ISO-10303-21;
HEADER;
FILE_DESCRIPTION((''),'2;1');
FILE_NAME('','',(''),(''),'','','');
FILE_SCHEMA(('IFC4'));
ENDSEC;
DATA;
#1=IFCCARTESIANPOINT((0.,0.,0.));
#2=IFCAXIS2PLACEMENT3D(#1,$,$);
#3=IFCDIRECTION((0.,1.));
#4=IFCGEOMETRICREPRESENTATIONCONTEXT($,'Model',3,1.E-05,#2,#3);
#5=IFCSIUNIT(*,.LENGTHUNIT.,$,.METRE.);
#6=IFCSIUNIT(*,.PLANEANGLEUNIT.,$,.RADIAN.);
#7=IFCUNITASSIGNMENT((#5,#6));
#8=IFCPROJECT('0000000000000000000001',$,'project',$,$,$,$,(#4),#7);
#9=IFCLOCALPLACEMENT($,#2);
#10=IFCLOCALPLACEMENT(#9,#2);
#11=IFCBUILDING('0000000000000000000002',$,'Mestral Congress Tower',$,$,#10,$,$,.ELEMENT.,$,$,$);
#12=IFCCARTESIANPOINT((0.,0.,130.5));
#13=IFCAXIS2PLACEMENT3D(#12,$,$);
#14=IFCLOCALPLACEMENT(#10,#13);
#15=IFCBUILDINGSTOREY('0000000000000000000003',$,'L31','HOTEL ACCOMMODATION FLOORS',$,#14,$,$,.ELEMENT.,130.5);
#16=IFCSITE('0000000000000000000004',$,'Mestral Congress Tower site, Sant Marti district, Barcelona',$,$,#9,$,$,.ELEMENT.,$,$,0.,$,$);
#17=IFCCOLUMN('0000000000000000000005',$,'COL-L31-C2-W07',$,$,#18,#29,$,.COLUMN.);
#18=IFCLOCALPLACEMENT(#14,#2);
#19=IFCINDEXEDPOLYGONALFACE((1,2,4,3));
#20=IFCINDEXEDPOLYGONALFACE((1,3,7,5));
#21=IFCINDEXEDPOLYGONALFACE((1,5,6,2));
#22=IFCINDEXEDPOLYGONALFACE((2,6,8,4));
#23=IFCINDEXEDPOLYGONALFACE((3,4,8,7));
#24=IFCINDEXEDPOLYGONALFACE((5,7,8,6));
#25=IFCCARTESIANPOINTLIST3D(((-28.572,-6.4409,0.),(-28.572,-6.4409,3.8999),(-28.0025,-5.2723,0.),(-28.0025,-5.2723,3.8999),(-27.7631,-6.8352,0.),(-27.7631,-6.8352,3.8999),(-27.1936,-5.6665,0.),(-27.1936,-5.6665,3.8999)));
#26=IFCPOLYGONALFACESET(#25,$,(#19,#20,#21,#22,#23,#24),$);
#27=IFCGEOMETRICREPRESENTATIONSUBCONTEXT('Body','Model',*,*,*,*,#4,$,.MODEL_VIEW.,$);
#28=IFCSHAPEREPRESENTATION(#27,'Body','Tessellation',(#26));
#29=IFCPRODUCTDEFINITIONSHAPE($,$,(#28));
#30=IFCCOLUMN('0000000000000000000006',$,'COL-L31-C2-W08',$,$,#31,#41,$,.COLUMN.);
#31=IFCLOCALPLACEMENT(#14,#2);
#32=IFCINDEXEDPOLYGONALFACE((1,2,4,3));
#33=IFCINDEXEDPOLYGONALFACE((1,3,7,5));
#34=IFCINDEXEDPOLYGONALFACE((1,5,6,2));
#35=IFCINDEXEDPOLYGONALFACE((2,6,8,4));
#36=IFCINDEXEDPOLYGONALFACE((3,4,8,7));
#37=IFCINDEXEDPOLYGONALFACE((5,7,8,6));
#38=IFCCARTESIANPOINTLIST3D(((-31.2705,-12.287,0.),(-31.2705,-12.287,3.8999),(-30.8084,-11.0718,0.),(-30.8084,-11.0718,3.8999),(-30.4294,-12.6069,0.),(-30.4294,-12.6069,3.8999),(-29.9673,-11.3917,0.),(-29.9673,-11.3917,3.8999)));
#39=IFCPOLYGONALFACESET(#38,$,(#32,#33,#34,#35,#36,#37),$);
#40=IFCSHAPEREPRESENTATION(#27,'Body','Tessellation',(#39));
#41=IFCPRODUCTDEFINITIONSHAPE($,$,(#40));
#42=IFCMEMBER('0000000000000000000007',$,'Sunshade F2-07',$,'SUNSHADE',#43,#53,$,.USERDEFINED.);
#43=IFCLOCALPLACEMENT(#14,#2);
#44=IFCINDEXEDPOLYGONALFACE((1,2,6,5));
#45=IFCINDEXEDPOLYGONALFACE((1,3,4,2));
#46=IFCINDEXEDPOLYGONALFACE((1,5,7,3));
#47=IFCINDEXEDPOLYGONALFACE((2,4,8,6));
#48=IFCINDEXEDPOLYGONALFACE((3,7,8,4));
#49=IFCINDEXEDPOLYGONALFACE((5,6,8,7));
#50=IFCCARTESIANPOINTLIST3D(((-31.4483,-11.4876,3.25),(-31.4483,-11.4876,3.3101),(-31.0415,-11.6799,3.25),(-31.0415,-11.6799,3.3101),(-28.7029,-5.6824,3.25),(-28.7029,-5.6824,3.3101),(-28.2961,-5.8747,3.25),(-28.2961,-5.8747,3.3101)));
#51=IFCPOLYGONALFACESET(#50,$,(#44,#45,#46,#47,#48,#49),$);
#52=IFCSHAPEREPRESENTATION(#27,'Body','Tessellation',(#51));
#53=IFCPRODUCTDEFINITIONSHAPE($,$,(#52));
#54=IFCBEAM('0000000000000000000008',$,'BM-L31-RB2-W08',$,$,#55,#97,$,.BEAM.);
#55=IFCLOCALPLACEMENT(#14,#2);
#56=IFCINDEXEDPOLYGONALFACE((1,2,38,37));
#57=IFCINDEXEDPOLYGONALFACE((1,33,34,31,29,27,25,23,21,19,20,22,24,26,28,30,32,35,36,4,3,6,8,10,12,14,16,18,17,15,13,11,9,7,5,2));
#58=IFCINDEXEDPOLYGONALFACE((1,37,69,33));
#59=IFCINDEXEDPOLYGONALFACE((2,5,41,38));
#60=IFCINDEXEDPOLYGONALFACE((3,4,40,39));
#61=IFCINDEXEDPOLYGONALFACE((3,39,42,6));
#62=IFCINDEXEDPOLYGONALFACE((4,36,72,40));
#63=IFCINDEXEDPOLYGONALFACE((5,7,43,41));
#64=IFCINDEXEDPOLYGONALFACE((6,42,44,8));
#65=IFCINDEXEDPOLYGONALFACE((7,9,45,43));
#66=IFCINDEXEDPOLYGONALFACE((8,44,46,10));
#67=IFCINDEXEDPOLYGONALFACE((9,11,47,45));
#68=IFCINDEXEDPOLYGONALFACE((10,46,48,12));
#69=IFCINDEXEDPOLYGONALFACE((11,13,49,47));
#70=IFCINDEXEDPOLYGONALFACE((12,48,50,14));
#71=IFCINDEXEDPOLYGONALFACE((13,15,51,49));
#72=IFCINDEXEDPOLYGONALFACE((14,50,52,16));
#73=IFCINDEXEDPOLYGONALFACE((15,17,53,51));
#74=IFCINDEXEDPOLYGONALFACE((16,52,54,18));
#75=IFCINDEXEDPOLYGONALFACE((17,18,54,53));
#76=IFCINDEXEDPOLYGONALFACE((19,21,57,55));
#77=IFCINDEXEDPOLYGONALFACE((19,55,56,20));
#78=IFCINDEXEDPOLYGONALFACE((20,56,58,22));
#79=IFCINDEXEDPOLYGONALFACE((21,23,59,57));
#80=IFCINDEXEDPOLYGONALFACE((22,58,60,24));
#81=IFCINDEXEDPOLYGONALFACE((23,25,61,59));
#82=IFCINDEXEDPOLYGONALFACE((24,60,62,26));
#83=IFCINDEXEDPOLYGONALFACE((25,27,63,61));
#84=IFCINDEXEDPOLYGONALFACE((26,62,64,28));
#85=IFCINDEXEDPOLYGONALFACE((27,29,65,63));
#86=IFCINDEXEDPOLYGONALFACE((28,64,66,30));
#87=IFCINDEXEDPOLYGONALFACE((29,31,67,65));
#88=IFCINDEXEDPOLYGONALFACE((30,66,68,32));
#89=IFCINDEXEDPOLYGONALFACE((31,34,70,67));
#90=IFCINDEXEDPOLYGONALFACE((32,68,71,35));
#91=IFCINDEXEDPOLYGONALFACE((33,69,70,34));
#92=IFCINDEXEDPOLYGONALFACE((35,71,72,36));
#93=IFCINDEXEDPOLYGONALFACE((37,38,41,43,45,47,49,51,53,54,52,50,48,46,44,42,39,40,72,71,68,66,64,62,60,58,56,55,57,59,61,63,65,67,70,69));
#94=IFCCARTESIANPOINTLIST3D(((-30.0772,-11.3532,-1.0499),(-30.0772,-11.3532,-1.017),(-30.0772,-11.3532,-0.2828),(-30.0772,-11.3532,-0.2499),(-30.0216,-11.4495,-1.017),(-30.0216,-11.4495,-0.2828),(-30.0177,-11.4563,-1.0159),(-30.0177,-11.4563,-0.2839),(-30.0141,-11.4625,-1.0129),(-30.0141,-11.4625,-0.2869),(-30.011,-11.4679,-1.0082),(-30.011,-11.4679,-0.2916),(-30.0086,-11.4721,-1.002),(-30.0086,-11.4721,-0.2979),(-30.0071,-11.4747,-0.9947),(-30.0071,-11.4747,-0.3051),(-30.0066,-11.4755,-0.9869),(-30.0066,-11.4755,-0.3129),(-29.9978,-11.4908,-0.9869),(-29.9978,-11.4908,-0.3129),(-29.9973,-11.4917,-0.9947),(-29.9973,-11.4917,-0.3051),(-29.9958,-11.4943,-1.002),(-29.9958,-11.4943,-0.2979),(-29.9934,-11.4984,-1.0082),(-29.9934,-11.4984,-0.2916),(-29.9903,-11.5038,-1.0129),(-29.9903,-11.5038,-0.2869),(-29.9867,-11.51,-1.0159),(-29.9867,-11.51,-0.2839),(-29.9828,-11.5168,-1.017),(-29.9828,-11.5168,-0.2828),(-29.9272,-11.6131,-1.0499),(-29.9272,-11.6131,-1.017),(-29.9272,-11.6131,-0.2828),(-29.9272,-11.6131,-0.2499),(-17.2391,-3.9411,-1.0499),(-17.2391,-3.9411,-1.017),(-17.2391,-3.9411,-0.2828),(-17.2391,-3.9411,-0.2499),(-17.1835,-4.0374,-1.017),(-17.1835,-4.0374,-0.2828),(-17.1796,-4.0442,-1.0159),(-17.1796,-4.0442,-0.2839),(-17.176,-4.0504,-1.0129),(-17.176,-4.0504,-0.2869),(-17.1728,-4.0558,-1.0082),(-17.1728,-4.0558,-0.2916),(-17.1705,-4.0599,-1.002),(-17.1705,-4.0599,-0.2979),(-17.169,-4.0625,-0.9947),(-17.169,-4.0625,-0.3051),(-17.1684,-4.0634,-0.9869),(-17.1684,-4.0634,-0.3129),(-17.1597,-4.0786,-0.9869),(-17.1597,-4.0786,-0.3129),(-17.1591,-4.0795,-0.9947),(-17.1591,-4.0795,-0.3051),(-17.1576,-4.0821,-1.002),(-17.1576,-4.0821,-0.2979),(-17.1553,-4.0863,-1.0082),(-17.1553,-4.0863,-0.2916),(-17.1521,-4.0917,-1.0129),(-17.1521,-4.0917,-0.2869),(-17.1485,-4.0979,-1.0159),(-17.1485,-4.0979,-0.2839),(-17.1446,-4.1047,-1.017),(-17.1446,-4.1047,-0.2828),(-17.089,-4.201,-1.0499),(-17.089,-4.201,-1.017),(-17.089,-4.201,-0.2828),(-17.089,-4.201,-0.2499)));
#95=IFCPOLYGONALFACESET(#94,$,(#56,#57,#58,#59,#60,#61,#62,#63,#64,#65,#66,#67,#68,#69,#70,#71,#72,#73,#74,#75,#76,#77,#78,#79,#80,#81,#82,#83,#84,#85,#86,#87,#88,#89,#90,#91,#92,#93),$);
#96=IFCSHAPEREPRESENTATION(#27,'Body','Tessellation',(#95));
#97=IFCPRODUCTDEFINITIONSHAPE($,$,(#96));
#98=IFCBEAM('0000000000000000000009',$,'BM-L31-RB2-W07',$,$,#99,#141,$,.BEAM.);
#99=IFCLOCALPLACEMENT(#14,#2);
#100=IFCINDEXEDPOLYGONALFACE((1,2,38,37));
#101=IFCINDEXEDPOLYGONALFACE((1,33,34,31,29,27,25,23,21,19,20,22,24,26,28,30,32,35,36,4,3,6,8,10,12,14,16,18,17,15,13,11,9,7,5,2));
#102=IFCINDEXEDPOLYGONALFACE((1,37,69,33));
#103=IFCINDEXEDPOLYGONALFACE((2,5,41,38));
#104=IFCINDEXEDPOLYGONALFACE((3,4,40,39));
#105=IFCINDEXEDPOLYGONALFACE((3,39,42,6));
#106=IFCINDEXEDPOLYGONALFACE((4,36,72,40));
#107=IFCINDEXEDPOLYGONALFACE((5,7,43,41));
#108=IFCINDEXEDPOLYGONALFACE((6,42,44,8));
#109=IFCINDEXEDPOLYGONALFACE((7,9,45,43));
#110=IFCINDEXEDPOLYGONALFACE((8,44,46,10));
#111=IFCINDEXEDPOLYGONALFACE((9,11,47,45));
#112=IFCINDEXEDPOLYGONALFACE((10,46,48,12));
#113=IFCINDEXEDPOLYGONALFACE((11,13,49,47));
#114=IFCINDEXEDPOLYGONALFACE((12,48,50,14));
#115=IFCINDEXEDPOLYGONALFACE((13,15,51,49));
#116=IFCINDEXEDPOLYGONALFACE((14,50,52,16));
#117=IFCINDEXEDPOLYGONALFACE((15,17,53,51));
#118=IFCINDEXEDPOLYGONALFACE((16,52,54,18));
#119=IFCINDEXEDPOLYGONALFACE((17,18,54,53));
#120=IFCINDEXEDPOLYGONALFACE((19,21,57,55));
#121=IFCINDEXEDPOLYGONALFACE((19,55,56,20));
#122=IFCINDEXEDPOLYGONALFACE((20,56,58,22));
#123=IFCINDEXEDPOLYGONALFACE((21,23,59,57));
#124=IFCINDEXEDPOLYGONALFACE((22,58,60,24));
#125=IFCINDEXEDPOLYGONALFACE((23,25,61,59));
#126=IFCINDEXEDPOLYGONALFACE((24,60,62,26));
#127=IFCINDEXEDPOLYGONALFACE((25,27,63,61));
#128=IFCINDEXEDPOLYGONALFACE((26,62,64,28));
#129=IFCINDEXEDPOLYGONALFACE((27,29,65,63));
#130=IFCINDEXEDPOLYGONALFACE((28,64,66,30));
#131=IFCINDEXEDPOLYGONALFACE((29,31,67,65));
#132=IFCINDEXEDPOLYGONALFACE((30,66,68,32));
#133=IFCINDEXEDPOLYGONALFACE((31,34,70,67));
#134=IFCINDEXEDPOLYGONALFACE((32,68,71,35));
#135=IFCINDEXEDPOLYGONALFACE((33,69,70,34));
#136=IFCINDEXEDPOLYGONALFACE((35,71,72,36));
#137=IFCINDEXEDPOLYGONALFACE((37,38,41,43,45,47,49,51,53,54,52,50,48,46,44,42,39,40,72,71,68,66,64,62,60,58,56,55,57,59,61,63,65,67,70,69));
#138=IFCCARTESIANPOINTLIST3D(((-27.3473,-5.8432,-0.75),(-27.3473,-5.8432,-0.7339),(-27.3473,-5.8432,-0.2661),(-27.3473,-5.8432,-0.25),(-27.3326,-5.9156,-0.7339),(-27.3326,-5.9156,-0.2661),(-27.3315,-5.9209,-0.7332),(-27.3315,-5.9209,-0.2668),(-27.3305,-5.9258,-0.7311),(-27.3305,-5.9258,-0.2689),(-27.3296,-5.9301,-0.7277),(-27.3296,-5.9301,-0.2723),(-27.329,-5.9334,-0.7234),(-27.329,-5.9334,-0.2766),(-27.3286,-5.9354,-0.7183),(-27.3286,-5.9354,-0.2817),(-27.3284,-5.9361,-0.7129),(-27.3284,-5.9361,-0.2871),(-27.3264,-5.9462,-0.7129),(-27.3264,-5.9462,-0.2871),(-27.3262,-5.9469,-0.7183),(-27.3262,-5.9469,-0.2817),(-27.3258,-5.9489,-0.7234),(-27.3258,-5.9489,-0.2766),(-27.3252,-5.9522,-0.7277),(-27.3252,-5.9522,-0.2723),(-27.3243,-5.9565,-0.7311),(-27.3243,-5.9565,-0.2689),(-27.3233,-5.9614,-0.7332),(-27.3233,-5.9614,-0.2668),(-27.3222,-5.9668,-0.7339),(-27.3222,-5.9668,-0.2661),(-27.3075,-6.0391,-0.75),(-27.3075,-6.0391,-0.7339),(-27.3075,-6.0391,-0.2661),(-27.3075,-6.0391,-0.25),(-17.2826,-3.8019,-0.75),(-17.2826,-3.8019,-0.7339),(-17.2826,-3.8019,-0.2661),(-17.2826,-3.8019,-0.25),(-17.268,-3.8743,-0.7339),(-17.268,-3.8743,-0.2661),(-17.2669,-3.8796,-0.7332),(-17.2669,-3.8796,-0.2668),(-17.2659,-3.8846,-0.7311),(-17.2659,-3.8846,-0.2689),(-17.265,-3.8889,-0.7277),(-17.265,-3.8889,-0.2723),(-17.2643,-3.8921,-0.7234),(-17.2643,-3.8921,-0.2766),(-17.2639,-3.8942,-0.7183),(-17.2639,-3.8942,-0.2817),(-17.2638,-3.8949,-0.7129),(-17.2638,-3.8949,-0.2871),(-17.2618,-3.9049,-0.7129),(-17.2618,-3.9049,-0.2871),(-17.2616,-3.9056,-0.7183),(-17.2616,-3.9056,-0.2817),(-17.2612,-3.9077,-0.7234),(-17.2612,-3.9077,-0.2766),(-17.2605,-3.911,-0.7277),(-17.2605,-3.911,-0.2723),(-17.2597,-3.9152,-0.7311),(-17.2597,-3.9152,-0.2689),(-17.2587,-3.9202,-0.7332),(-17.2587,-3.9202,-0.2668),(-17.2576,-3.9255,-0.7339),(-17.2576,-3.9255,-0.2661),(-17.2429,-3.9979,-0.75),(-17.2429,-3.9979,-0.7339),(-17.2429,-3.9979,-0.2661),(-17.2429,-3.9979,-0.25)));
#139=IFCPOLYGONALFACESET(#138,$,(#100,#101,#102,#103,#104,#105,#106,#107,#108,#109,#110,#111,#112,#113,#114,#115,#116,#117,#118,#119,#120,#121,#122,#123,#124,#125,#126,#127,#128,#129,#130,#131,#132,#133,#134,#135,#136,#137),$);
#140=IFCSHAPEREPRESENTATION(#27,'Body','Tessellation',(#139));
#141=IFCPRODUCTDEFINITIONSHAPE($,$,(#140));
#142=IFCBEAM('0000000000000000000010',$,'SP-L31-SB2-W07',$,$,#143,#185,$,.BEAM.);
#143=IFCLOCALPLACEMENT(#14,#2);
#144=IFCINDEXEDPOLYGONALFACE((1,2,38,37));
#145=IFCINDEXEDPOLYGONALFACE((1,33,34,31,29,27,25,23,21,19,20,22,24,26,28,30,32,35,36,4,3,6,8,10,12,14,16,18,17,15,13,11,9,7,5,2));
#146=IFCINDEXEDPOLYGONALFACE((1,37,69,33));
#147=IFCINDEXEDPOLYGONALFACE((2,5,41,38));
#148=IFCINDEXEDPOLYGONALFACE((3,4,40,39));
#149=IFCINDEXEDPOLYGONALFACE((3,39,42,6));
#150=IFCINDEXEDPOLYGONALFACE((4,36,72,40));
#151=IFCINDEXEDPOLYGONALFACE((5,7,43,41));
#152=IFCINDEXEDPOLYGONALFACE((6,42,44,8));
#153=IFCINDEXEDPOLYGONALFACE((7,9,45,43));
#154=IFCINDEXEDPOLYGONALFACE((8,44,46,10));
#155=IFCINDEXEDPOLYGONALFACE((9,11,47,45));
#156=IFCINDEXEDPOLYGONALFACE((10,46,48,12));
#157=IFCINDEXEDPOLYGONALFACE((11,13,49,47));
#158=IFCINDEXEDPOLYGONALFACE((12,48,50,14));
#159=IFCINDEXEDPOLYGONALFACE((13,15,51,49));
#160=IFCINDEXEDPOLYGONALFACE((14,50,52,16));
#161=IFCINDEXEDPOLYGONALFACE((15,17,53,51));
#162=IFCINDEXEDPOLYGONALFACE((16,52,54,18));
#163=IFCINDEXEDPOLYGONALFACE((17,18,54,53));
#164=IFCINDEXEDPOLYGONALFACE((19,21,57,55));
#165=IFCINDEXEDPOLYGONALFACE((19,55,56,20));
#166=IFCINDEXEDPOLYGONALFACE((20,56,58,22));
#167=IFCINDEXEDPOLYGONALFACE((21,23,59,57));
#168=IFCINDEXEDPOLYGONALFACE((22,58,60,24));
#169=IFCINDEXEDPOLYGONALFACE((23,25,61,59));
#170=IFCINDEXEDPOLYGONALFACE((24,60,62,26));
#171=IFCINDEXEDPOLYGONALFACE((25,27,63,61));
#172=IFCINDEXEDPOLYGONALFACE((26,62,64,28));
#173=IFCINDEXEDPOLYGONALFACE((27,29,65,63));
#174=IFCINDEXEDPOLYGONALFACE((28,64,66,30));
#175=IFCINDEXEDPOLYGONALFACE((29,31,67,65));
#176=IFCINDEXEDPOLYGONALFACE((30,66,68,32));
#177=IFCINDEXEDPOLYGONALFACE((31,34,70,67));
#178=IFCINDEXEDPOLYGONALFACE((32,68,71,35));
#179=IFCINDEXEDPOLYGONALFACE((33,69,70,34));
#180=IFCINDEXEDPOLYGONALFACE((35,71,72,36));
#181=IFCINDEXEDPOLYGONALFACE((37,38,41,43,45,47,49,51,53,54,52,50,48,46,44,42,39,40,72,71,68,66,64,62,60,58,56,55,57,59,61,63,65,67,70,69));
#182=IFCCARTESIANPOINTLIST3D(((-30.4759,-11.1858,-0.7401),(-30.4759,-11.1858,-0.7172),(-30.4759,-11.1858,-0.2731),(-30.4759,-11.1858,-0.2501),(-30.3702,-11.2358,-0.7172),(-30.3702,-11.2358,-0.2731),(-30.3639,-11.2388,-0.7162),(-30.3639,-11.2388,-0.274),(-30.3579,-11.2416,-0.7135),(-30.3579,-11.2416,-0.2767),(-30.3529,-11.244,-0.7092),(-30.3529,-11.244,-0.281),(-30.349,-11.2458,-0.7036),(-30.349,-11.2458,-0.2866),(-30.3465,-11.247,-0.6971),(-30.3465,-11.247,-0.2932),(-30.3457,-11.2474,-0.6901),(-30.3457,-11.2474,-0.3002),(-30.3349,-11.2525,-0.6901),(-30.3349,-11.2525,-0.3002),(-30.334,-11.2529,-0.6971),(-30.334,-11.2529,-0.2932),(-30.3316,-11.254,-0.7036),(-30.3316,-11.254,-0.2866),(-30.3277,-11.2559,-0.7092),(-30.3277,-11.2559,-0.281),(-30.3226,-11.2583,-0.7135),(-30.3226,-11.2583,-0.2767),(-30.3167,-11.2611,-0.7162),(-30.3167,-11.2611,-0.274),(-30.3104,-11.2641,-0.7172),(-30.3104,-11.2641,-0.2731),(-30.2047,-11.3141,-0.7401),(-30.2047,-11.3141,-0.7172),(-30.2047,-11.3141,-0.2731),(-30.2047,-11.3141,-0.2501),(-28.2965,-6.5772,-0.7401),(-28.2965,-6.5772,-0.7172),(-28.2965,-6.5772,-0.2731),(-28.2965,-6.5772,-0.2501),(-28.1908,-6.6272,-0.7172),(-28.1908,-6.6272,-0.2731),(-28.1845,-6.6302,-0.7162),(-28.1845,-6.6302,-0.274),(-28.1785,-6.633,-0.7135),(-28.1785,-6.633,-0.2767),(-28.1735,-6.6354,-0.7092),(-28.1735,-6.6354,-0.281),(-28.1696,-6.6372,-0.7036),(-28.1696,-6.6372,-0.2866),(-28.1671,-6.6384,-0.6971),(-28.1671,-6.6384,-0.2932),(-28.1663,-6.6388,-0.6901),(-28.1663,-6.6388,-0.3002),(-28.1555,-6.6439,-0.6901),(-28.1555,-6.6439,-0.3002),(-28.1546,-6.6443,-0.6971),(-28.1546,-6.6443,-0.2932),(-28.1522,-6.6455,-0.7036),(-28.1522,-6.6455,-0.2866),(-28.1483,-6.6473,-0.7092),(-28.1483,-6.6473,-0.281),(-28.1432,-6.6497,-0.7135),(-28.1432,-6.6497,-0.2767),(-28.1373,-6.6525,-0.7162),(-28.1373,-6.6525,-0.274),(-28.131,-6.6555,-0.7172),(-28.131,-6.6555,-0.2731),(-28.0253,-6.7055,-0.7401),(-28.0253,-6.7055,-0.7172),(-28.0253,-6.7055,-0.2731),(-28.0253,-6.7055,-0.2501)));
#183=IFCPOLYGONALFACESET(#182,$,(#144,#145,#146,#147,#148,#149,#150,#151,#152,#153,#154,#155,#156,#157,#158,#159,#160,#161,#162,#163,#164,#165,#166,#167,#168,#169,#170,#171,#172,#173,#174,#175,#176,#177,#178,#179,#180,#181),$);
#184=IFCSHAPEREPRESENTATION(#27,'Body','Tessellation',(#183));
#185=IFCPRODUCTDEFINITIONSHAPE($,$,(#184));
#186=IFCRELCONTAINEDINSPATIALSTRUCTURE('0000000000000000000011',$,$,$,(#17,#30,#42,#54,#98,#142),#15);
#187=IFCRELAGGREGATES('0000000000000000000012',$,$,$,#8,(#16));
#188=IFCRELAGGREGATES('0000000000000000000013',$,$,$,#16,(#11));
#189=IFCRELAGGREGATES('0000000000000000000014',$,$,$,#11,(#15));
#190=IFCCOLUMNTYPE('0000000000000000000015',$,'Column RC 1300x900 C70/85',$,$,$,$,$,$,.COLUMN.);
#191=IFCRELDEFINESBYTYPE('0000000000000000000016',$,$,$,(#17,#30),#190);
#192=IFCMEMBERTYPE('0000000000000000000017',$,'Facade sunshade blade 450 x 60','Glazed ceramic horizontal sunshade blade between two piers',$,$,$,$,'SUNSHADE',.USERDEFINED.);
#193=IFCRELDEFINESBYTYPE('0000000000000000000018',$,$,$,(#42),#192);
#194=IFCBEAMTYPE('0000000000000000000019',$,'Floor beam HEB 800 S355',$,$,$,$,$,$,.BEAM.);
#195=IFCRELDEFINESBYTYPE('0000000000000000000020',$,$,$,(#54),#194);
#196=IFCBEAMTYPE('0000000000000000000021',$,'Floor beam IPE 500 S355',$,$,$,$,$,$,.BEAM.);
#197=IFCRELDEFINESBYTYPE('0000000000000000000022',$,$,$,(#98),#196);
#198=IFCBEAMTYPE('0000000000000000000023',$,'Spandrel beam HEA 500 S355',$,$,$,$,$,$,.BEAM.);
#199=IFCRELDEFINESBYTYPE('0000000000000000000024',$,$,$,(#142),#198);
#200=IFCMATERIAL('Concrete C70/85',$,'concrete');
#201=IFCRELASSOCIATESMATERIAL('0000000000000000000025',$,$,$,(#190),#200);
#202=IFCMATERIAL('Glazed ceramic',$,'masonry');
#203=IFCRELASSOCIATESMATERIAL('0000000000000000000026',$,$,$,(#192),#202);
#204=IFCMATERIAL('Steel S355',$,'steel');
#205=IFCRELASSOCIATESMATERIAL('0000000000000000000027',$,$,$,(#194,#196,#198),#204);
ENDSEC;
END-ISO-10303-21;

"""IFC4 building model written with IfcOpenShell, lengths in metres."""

from ifc_helpers import new_model, si_unit, direction, frame, origin, origin_2d, place, context, subcontext, project, spatial, rectangle, i_section, extrude, material, material_profile, profile_set, type_object, element, save


model = new_model("IFC4")

# Units and contexts
model_context = context("Model", 3, precision=1e-05, world=origin(), true_north=direction((0.0, 1.0)))
body_context = subcontext(model_context, "Body", "Model", "MODEL_VIEW")
ifc_project = project(units=[si_unit("LENGTHUNIT", "METRE"), si_unit("PLANEANGLEUNIT", "RADIAN")], contexts=[model_context])

# Site, building, storey
site_placement = place(None, origin())
site = spatial("IfcSite", under=ifc_project, at=site_placement, Name="Mestral Congress Tower site, Sant Marti district, Barcelona", CompositionType="ELEMENT", RefElevation=0.0)
building_placement = place(site_placement, origin())
building = spatial("IfcBuilding", under=site, at=building_placement, Name="Mestral Congress Tower", CompositionType="ELEMENT")
storey_placement = place(building_placement, frame((0.0, 0.0, 130.5)))
storey = spatial("IfcBuildingStorey", under=building, at=storey_placement, Name="L31", Description="HOTEL ACCOMMODATION FLOORS", CompositionType="ELEMENT", Elevation=130.5)

# Columns
ifc_material_1 = material(Name="Concrete C70/85", Category="concrete")
ifc_material_profile_1 = material_profile(ifc_material_1, rectangle(XDim=1.3, YDim=0.8999, at=origin_2d()), Name="RC 1300x900")
ifc_profile_set_1 = profile_set([ifc_material_profile_1], Name="Concrete C70/85")
column_type = type_object("IfcColumnType", Name="Column RC 1300x900 C70/85", PredefinedType="COLUMN", material=ifc_profile_set_1)
for number, where, z_axis, x_axis, name in (
    (1, (-27.8828, -6.0537, 0.0), (0.0, 0.0, 1.0), (-0.438061, -0.898945, 0.0), "COL-L31-C2-W07"),
    (2, (-30.6189, -11.8394, 0.0), (0.0, 0.0, 1.0), (-0.355494, -0.934679, 0.0), "COL-L31-C2-W08"),
):
    element("IfcColumn", number, at=place(storey_placement, frame(where, z_axis=z_axis, x_axis=x_axis)), inside=storey, type_object=column_type, Name=name, PredefinedType="COLUMN", context=body_context, shape_type="SweptSolid", body=[
        extrude(rectangle(XDim=1.3, YDim=0.8999, at=origin_2d()), origin(), (0.0, 0.0, 1.0), 3.8999),
    ])

# Member
ifc_material_2 = material(Name="Glazed ceramic", Category="masonry")
ifc_material_profile_2 = material_profile(ifc_material_2, rectangle(XDim=0.45, YDim=0.0601, at=origin_2d()), Name="Ceramic blade 450 x 60")
ifc_profile_set_2 = profile_set([ifc_material_profile_2], Name="Glazed ceramic")
member_type = type_object("IfcMemberType", Name="Facade sunshade blade 450 x 60", Description="Glazed ceramic horizontal sunshade blade between two piers", ElementType="SUNSHADE", PredefinedType="USERDEFINED", material=ifc_profile_set_2)
member_placement = place(storey_placement, frame((-28.4995, -5.7786, 3.28), z_axis=(-0.427519, -0.904006, 0.0), x_axis=(0.904006, -0.427519, 0.0)))
element("IfcMember", 3, at=member_placement, inside=storey, type_object=member_type, Name="Sunshade F2-07", ObjectType="SUNSHADE", PredefinedType="USERDEFINED", context=body_context, shape_type="SweptSolid", body=[
    extrude(rectangle(XDim=0.45, YDim=0.0601, at=origin_2d()), origin(), (0.0, 0.0, 1.0), 6.4216),
])

# Beams
ifc_material_3 = material(Name="Steel S355", Category="steel")
ifc_material_profile_3 = material_profile(ifc_material_3, i_section(OverallWidth=0.3, OverallDepth=0.8, WebThickness=0.0176, FlangeThickness=0.033, FilletRadius=0.03, at=origin_2d()), Name="HEB 800")
ifc_profile_set_3 = profile_set([ifc_material_profile_3], Name="Steel S355")
beam_type_1 = type_object("IfcBeamType", Name="Floor beam HEB 800 S355", PredefinedType="BEAM", material=ifc_profile_set_3)
beam_1_placement = place(storey_placement, frame((-30.0022, -11.4832, -0.6499), z_axis=(0.866025, 0.5, 0.0), x_axis=(-0.5, 0.866025, 0.0)))
element("IfcBeam", 4, at=beam_1_placement, inside=storey, type_object=beam_type_1, Name="BM-L31-RB2-W08", PredefinedType="BEAM", context=body_context, shape_type="SweptSolid", body=[
    extrude(i_section(OverallWidth=0.3, OverallDepth=0.8, WebThickness=0.0176, FlangeThickness=0.033, FilletRadius=0.03, at=origin_2d()), origin(), (0.0, 0.0, 1.0), 14.8242),
])
ifc_material_profile_4 = material_profile(ifc_material_3, i_section(OverallWidth=0.2, OverallDepth=0.5, WebThickness=0.0103, FlangeThickness=0.0161, FilletRadius=0.021, at=origin_2d()), Name="IPE 500")
ifc_profile_set_4 = profile_set([ifc_material_profile_4], Name="Steel S355")
beam_type_2 = type_object("IfcBeamType", Name="Floor beam IPE 500 S355", PredefinedType="BEAM", material=ifc_profile_set_4)
beam_2_placement = place(storey_placement, frame((-27.3274, -5.9412, -0.5), z_axis=(0.980047, 0.198767, 0.0), x_axis=(-0.198767, 0.980047, 0.0)))
element("IfcBeam", 5, at=beam_2_placement, inside=storey, type_object=beam_type_2, Name="BM-L31-RB2-W07", PredefinedType="BEAM", context=body_context, shape_type="SweptSolid", body=[
    extrude(i_section(OverallWidth=0.2, OverallDepth=0.5, WebThickness=0.0103, FlangeThickness=0.0161, FilletRadius=0.021, at=origin_2d()), origin(), (0.0, 0.0, 1.0), 10.2695),
])
ifc_material_profile_5 = material_profile(ifc_material_3, i_section(OverallWidth=0.3, OverallDepth=0.49, WebThickness=0.012, FlangeThickness=0.0229, FilletRadius=0.0271, at=origin_2d()), Name="HEA 500")
ifc_profile_set_5 = profile_set([ifc_material_profile_5], Name="Steel S355")
beam_type_3 = type_object("IfcBeamType", Name="Spandrel beam HEA 500 S355", PredefinedType="BEAM", material=ifc_profile_set_5)
beam_3_placement = place(storey_placement, frame((-28.1609, -6.6414, -0.4951), z_axis=(-0.42751, -0.904011, 0.0), x_axis=(0.904011, -0.42751, 0.0)))
element("IfcBeam", 6, at=beam_3_placement, inside=storey, type_object=beam_type_3, Name="SP-L31-SB2-W07", PredefinedType="BEAM", context=body_context, shape_type="SweptSolid", body=[
    extrude(i_section(OverallWidth=0.3, OverallDepth=0.49, WebThickness=0.012, FlangeThickness=0.0229, FilletRadius=0.0271, at=origin_2d()), origin(), (0.0, 0.0, 1.0), 5.0979),
])

save(model, "model.ifc")
